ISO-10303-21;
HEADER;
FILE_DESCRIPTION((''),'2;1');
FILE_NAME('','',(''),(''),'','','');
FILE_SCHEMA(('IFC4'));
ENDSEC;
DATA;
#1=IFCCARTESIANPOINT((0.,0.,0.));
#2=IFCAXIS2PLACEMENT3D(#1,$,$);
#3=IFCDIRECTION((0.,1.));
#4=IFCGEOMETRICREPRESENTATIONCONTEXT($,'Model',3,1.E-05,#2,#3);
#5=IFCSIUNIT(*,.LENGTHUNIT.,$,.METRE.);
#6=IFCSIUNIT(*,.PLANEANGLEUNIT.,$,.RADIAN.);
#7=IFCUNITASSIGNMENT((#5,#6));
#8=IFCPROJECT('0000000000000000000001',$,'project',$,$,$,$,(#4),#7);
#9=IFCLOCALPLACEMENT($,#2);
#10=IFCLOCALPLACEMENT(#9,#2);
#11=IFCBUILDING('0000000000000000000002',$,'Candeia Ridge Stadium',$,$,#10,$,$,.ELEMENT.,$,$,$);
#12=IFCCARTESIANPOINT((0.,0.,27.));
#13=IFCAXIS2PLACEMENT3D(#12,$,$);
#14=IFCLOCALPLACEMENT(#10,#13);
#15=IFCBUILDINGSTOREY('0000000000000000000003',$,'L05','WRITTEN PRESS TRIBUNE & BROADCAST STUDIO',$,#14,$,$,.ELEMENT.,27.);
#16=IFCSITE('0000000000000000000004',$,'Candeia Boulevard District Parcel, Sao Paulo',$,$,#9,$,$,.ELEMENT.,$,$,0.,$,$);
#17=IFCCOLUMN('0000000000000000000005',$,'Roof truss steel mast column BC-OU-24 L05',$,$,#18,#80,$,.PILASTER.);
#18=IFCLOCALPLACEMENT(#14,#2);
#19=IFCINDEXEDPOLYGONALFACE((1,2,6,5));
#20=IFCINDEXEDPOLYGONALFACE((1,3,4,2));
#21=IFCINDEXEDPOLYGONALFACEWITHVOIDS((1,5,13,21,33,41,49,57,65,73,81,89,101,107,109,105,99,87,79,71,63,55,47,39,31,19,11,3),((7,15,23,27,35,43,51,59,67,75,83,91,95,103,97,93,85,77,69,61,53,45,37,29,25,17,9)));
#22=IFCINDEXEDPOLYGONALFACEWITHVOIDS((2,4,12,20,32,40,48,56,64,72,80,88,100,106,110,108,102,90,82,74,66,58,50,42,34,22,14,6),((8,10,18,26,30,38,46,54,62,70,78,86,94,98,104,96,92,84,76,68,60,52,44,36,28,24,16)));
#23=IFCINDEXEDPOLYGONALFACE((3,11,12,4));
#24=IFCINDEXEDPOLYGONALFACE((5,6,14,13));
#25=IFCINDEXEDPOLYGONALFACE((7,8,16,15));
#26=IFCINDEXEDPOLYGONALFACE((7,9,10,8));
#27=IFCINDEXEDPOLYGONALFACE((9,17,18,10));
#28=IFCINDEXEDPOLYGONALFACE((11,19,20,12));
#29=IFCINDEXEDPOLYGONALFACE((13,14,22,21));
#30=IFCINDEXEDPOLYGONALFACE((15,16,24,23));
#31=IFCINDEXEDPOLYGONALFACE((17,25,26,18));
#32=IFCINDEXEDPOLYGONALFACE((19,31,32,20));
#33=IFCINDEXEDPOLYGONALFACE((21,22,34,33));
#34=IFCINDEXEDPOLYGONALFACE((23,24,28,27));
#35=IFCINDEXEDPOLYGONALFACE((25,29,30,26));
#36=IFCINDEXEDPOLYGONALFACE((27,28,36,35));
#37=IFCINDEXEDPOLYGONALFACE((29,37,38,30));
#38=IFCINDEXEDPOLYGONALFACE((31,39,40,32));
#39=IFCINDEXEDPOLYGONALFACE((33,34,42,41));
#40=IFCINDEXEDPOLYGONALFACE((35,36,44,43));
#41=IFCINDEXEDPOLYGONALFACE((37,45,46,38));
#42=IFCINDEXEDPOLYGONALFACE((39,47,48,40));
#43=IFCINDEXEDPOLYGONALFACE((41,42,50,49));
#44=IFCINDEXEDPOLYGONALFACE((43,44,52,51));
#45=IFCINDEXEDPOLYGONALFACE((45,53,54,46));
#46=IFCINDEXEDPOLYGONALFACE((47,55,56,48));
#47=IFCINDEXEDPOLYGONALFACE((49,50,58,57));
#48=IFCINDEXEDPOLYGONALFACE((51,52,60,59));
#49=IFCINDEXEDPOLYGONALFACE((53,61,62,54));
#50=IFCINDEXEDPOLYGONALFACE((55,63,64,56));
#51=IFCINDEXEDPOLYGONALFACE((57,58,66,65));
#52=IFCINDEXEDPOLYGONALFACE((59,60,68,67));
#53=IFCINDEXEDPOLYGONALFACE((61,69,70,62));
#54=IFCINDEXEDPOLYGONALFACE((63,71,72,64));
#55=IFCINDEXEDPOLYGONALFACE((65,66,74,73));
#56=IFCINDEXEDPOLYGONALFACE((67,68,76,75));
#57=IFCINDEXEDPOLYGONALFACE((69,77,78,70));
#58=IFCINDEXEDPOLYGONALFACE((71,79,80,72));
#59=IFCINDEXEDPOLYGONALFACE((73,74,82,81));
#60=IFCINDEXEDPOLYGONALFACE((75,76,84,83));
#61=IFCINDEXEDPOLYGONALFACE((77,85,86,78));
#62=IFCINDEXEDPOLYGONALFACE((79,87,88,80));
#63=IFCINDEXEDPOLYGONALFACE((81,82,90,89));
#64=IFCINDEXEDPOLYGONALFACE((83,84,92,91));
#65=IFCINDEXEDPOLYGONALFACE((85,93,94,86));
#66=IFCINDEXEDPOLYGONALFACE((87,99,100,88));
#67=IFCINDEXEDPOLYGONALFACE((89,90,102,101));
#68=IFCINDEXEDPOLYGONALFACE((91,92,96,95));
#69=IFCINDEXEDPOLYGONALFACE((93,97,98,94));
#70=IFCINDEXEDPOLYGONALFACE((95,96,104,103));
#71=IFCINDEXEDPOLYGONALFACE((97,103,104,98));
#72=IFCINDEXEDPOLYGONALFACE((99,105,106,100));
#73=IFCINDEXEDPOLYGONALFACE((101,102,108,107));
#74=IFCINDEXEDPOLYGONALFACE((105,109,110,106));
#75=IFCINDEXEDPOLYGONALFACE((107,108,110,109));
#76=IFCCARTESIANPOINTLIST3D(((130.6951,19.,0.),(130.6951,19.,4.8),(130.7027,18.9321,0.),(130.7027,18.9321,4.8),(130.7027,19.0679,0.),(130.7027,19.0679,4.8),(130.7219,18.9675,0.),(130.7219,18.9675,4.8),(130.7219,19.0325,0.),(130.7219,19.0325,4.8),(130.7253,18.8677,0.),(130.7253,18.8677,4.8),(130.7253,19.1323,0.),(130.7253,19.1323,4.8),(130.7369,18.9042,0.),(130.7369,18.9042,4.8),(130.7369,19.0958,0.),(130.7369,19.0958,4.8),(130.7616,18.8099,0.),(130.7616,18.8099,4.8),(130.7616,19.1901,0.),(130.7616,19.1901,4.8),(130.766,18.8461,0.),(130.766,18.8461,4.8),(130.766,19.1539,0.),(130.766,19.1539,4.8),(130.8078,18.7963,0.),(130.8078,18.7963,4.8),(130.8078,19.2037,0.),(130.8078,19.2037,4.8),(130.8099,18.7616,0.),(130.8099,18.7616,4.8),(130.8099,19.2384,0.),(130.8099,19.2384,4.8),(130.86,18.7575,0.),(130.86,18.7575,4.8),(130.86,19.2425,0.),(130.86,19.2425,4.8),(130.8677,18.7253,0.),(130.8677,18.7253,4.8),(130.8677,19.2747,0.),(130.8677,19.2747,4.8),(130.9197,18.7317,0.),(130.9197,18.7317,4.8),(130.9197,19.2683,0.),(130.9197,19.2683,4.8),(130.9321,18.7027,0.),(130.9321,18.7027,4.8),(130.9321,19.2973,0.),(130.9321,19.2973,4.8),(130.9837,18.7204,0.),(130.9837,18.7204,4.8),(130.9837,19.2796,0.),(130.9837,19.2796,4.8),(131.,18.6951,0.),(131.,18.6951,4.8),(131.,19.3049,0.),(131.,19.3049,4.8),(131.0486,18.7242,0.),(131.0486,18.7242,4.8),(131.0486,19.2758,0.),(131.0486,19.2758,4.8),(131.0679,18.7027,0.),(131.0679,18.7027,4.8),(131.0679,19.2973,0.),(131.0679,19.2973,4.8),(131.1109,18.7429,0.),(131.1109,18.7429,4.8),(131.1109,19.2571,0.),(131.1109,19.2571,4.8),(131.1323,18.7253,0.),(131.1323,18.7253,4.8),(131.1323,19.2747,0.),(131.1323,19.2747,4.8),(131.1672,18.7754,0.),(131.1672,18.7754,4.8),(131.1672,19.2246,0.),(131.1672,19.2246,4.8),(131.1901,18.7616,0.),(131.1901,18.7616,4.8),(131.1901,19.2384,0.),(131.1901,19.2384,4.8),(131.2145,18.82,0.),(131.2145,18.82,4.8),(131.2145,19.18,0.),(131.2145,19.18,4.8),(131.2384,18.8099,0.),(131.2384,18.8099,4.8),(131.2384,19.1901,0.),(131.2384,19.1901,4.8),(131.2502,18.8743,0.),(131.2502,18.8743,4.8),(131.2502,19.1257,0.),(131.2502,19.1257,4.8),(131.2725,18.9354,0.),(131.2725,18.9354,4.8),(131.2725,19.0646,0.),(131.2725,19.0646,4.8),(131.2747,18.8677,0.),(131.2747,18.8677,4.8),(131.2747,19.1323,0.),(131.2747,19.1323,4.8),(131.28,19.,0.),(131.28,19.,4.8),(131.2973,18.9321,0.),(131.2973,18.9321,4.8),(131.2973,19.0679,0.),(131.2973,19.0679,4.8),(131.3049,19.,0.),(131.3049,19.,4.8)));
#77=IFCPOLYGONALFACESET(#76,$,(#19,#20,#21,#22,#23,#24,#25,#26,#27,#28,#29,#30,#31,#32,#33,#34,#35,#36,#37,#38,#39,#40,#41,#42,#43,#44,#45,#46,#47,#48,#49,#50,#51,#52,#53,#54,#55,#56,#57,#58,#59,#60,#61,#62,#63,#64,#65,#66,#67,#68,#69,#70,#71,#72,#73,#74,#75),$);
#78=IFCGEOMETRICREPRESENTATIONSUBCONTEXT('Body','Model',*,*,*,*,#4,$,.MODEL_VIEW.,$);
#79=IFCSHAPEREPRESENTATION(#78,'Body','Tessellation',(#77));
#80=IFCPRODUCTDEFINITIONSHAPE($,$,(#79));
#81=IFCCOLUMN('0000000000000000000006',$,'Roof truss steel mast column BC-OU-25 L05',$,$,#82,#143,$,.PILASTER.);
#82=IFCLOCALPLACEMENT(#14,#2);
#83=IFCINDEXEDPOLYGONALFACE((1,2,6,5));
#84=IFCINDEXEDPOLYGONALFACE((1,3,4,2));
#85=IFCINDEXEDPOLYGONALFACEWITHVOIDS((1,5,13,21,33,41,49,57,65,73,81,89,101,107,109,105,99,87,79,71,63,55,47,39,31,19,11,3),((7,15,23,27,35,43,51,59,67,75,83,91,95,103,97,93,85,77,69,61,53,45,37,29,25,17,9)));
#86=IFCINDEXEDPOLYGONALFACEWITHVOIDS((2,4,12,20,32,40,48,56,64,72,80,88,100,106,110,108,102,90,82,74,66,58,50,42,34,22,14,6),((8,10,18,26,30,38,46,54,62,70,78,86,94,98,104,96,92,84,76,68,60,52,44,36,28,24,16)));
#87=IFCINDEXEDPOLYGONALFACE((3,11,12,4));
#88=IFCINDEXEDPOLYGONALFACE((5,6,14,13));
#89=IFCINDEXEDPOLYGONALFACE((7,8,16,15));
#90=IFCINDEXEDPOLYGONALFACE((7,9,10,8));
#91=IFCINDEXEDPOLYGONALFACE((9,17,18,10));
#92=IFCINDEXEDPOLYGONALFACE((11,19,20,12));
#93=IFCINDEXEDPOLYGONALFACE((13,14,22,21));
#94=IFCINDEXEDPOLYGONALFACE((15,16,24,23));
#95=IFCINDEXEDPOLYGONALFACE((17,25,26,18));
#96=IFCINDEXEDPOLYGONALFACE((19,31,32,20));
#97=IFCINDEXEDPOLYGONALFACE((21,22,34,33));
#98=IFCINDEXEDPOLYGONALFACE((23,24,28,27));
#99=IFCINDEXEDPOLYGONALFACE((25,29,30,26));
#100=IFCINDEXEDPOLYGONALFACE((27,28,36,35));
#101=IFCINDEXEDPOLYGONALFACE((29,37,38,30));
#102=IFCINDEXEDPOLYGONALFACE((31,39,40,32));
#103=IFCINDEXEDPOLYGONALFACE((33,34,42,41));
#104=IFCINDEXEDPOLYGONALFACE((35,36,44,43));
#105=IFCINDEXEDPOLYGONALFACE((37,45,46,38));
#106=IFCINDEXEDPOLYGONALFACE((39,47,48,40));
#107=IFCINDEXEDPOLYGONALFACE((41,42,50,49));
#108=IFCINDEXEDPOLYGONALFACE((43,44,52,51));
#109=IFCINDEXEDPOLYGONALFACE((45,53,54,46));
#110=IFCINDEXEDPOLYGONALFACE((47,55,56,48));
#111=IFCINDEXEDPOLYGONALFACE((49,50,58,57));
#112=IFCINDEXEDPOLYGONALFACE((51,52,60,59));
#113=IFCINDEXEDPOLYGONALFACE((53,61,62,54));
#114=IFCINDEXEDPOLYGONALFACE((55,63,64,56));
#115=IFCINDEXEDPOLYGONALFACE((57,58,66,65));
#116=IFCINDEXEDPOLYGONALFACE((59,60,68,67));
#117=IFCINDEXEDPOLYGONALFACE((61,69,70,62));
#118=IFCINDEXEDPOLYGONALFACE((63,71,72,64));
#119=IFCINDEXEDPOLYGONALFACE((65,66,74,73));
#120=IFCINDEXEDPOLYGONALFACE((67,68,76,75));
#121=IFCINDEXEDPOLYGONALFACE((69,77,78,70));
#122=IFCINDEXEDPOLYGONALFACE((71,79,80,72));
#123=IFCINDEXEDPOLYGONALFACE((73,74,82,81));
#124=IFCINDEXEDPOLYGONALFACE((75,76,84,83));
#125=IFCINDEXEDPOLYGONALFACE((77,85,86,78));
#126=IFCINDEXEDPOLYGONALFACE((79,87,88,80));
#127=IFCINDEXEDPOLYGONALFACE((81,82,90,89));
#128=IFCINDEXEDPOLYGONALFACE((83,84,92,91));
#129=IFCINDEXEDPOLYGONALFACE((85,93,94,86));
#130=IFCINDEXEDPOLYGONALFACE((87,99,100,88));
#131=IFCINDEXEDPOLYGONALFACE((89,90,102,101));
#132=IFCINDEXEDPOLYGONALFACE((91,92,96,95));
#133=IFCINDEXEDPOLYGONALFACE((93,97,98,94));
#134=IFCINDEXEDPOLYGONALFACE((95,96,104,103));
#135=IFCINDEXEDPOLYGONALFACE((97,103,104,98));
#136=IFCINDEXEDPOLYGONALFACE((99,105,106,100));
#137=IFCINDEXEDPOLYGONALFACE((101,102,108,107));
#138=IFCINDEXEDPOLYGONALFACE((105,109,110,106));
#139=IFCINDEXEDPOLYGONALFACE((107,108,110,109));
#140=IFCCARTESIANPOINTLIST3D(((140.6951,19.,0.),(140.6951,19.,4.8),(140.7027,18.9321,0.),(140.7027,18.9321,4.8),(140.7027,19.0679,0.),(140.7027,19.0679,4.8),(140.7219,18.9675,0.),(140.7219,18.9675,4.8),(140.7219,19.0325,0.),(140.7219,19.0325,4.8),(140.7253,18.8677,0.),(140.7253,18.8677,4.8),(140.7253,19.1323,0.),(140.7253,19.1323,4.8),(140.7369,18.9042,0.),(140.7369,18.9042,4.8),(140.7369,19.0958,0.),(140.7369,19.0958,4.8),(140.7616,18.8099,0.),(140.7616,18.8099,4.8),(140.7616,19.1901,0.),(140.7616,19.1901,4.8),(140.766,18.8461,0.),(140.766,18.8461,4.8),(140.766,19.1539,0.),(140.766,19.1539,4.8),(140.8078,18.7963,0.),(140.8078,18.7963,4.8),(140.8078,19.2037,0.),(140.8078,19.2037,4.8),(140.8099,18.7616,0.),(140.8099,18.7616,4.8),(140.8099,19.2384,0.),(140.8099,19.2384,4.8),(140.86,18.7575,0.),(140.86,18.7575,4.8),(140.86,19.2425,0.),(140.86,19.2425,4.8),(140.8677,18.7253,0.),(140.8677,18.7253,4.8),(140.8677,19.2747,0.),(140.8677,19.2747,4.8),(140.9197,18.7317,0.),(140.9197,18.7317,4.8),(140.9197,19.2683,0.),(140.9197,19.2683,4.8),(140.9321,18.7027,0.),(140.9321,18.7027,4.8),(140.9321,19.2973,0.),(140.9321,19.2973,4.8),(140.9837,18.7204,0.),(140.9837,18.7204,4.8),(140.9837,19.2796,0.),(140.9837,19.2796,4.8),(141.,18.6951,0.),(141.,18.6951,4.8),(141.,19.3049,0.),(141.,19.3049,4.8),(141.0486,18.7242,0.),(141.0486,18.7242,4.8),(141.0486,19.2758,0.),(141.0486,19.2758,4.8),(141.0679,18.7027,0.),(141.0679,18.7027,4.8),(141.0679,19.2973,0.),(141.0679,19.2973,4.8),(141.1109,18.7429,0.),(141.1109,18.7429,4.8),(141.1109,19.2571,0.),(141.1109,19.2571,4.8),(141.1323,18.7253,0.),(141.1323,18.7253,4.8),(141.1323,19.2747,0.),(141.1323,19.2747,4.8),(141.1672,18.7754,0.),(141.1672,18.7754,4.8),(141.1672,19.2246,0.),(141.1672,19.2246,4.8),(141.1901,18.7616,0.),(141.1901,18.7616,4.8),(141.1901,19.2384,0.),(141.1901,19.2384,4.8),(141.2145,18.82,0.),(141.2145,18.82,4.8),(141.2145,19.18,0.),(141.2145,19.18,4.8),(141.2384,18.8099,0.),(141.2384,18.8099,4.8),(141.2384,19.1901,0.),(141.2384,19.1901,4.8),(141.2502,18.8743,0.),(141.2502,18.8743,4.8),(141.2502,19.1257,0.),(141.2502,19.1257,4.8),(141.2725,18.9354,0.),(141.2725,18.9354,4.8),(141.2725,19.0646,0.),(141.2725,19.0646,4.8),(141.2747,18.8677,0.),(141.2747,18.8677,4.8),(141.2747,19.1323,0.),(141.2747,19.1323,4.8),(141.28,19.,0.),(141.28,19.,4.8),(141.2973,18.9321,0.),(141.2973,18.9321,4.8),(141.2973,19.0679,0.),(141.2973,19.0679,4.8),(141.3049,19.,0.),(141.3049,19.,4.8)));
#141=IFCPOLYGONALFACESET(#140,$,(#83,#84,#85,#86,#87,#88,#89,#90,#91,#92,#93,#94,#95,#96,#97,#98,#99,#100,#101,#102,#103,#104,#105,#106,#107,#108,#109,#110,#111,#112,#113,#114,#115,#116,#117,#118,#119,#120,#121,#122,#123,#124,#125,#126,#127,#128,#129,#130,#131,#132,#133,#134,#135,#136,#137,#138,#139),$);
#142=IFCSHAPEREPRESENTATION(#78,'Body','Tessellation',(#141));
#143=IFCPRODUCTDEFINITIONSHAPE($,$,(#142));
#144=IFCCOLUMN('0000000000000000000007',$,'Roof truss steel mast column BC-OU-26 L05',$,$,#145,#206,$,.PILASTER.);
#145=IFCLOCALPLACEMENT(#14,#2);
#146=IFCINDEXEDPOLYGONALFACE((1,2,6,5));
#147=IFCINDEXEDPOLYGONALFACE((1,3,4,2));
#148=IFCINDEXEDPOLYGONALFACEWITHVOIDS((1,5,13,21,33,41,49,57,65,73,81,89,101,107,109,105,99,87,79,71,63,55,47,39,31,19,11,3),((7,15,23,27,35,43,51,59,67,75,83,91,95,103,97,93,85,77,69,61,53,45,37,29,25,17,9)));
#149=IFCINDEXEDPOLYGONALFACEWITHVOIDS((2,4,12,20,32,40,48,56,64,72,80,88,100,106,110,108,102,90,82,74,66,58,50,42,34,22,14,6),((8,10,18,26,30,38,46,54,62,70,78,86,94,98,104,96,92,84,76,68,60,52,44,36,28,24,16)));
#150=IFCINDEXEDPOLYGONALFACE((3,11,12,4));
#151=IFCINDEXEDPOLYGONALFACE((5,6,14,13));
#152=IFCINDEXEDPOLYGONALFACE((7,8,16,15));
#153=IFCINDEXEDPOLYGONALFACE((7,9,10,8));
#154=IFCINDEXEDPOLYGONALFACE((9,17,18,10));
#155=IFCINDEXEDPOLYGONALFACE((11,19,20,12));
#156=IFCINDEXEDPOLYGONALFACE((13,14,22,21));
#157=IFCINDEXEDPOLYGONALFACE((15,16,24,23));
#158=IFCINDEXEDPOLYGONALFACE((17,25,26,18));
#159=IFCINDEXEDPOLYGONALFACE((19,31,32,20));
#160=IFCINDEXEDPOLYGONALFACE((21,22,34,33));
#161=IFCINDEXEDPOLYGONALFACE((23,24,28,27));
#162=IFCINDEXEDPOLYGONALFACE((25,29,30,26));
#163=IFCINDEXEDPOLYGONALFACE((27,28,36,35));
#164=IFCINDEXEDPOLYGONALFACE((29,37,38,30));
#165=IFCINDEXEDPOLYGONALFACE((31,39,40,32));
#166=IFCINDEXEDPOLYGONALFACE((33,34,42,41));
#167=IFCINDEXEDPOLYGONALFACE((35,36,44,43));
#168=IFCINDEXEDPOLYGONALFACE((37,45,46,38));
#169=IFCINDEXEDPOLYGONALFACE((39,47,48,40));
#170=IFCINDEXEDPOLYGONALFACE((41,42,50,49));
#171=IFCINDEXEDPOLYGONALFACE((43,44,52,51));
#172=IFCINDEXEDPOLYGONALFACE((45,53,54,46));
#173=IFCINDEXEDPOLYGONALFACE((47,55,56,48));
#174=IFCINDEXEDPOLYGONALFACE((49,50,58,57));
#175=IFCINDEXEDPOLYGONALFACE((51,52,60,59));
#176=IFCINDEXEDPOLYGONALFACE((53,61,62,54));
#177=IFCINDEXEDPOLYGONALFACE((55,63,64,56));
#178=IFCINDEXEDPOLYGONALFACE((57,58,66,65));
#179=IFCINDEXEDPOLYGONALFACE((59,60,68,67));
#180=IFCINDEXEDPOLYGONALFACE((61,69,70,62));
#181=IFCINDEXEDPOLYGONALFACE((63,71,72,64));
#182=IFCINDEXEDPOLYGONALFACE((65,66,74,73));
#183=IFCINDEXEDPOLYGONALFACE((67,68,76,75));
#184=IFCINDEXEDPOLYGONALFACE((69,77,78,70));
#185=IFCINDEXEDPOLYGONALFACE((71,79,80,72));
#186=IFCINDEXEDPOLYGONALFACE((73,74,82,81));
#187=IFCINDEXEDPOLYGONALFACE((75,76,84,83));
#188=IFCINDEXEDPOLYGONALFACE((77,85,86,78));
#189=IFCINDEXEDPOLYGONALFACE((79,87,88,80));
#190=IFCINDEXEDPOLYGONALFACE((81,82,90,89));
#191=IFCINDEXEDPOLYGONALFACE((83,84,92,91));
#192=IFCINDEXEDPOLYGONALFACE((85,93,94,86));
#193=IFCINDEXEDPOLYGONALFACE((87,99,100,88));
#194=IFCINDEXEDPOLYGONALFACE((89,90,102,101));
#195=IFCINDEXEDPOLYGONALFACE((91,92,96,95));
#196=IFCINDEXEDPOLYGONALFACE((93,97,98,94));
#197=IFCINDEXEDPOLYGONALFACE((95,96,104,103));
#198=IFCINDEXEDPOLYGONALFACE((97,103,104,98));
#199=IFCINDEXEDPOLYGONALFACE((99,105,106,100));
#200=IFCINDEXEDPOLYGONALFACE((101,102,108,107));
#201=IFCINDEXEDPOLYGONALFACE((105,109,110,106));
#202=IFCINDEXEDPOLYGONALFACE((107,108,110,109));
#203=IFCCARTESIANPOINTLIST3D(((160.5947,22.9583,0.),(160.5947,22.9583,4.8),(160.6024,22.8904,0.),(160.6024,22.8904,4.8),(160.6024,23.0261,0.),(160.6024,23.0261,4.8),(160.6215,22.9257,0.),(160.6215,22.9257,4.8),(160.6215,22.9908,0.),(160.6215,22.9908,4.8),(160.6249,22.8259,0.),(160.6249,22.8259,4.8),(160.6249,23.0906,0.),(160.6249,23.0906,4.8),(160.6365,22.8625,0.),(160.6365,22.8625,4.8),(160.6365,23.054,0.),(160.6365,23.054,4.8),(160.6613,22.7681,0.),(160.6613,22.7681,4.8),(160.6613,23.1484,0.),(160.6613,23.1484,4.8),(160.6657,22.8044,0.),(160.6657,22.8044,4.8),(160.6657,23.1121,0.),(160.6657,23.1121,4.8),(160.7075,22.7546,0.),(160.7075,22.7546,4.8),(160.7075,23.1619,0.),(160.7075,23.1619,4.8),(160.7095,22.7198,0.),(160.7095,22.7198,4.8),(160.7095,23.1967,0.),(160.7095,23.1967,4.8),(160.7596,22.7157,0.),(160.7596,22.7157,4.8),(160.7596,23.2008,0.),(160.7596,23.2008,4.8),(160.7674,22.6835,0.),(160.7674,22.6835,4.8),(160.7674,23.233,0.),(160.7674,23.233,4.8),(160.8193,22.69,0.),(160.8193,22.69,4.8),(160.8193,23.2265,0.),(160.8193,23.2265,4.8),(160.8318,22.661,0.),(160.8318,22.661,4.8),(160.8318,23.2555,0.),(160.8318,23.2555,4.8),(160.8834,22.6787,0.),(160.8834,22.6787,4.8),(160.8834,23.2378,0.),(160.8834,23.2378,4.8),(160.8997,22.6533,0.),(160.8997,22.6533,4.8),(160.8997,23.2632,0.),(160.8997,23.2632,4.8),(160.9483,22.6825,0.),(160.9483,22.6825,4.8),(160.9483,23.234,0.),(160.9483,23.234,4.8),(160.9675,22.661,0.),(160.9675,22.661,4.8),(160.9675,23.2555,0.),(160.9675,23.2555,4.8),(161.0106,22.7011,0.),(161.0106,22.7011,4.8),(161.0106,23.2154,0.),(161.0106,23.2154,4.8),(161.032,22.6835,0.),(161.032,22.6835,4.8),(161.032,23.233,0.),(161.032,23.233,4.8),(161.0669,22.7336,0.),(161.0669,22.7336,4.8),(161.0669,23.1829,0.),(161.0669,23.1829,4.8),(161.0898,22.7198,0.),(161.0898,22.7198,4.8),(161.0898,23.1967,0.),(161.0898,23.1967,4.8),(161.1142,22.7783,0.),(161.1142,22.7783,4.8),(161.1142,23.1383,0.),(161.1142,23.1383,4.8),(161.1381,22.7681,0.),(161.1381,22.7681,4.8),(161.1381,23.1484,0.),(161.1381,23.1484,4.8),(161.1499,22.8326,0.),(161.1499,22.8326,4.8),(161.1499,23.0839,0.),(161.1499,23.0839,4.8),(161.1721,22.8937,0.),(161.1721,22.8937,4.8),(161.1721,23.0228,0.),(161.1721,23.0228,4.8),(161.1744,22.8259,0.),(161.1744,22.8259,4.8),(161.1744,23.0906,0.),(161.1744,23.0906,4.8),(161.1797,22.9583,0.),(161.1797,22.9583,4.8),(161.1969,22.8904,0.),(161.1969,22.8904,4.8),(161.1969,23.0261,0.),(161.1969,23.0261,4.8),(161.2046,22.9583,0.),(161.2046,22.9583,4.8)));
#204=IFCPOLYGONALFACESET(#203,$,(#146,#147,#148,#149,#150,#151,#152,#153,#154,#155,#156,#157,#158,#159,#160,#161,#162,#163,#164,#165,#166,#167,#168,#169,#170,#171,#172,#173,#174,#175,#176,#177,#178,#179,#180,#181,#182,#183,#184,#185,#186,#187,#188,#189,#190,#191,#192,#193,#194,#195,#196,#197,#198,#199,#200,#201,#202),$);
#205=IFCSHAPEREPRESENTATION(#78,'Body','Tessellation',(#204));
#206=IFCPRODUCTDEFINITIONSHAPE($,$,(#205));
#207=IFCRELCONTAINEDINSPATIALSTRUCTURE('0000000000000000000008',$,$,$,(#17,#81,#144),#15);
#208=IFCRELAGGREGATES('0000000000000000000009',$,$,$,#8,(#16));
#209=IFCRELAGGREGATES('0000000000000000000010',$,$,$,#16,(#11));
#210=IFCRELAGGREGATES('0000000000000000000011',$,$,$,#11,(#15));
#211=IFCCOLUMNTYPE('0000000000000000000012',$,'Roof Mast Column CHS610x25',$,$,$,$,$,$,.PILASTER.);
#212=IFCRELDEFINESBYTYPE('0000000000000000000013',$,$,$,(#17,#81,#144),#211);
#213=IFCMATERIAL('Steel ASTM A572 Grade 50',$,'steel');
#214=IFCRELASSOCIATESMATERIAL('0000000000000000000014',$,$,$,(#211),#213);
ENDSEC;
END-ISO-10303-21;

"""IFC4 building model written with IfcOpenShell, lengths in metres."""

from ifc_helpers import new_model, si_unit, direction, frame, origin, origin_2d, place, context, subcontext, project, spatial, hollow_circle, extrude, material, material_profile, profile_set, type_object, element, save


model = new_model("IFC4")

# Units and contexts
model_context = context("Model", 3, precision=1e-05, world=origin(), true_north=direction((0.0, 1.0)))
body_context = subcontext(model_context, "Body", "Model", "MODEL_VIEW")
ifc_project = project(units=[si_unit("LENGTHUNIT", "METRE"), si_unit("PLANEANGLEUNIT", "RADIAN")], contexts=[model_context])

# Site, building, storey
site_placement = place(None, origin())
site = spatial("IfcSite", under=ifc_project, at=site_placement, Name="Candeia Boulevard District Parcel, Sao Paulo", CompositionType="ELEMENT", RefElevation=0.0)
building_placement = place(site_placement, origin())
building = spatial("IfcBuilding", under=site, at=building_placement, Name="Candeia Ridge Stadium", CompositionType="ELEMENT")
storey_placement = place(building_placement, frame((0.0, 0.0, 27.0)))
storey = spatial("IfcBuildingStorey", under=building, at=storey_placement, Name="L05", Description="WRITTEN PRESS TRIBUNE & BROADCAST STUDIO", CompositionType="ELEMENT", Elevation=27.0)

# Columns
ifc_material_1 = material(Name="Steel ASTM A572 Grade 50", Category="steel")
ifc_material_profile_1 = material_profile(ifc_material_1, hollow_circle(Radius=0.3049, WallThickness=0.0249, at=origin_2d()), Name="CHS610x25", Category="steel")
ifc_profile_set_1 = profile_set([ifc_material_profile_1], Name="Steel ASTM A572 Grade 50")
column_type_1 = type_object("IfcColumnType", Name="Roof Mast Column CHS610x25", PredefinedType="PILASTER", material=ifc_profile_set_1)
for number, where, z_axis, x_axis, name in (
    (1, (131.0, 19.0, 0.0), (0.0, 0.0, 1.0), (1.0, 0.0, 0.0), "Roof truss steel mast column BC-OU-24 L05"),
    (2, (141.0, 19.0, 0.0), (0.0, 0.0, 1.0), (1.0, 0.0, 0.0), "Roof truss steel mast column BC-OU-25 L05"),
    (3, (160.8997, 22.9583, 0.0), (0.0, 0.0, 1.0), (1.0, 0.0, 0.0), "Roof truss steel mast column BC-OU-26 L05"),
):
    element("IfcColumn", number, at=place(storey_placement, frame(where, z_axis=z_axis, x_axis=x_axis)), inside=storey, type_object=column_type_1, Name=name, PredefinedType="PILASTER", context=body_context, shape_type="SweptSolid", body=[
        extrude(hollow_circle(Radius=0.3049, WallThickness=0.0249, at=origin_2d()), origin(), (0.0, 0.0, 1.0), 4.8),
    ])

save(model, "model.ifc")
